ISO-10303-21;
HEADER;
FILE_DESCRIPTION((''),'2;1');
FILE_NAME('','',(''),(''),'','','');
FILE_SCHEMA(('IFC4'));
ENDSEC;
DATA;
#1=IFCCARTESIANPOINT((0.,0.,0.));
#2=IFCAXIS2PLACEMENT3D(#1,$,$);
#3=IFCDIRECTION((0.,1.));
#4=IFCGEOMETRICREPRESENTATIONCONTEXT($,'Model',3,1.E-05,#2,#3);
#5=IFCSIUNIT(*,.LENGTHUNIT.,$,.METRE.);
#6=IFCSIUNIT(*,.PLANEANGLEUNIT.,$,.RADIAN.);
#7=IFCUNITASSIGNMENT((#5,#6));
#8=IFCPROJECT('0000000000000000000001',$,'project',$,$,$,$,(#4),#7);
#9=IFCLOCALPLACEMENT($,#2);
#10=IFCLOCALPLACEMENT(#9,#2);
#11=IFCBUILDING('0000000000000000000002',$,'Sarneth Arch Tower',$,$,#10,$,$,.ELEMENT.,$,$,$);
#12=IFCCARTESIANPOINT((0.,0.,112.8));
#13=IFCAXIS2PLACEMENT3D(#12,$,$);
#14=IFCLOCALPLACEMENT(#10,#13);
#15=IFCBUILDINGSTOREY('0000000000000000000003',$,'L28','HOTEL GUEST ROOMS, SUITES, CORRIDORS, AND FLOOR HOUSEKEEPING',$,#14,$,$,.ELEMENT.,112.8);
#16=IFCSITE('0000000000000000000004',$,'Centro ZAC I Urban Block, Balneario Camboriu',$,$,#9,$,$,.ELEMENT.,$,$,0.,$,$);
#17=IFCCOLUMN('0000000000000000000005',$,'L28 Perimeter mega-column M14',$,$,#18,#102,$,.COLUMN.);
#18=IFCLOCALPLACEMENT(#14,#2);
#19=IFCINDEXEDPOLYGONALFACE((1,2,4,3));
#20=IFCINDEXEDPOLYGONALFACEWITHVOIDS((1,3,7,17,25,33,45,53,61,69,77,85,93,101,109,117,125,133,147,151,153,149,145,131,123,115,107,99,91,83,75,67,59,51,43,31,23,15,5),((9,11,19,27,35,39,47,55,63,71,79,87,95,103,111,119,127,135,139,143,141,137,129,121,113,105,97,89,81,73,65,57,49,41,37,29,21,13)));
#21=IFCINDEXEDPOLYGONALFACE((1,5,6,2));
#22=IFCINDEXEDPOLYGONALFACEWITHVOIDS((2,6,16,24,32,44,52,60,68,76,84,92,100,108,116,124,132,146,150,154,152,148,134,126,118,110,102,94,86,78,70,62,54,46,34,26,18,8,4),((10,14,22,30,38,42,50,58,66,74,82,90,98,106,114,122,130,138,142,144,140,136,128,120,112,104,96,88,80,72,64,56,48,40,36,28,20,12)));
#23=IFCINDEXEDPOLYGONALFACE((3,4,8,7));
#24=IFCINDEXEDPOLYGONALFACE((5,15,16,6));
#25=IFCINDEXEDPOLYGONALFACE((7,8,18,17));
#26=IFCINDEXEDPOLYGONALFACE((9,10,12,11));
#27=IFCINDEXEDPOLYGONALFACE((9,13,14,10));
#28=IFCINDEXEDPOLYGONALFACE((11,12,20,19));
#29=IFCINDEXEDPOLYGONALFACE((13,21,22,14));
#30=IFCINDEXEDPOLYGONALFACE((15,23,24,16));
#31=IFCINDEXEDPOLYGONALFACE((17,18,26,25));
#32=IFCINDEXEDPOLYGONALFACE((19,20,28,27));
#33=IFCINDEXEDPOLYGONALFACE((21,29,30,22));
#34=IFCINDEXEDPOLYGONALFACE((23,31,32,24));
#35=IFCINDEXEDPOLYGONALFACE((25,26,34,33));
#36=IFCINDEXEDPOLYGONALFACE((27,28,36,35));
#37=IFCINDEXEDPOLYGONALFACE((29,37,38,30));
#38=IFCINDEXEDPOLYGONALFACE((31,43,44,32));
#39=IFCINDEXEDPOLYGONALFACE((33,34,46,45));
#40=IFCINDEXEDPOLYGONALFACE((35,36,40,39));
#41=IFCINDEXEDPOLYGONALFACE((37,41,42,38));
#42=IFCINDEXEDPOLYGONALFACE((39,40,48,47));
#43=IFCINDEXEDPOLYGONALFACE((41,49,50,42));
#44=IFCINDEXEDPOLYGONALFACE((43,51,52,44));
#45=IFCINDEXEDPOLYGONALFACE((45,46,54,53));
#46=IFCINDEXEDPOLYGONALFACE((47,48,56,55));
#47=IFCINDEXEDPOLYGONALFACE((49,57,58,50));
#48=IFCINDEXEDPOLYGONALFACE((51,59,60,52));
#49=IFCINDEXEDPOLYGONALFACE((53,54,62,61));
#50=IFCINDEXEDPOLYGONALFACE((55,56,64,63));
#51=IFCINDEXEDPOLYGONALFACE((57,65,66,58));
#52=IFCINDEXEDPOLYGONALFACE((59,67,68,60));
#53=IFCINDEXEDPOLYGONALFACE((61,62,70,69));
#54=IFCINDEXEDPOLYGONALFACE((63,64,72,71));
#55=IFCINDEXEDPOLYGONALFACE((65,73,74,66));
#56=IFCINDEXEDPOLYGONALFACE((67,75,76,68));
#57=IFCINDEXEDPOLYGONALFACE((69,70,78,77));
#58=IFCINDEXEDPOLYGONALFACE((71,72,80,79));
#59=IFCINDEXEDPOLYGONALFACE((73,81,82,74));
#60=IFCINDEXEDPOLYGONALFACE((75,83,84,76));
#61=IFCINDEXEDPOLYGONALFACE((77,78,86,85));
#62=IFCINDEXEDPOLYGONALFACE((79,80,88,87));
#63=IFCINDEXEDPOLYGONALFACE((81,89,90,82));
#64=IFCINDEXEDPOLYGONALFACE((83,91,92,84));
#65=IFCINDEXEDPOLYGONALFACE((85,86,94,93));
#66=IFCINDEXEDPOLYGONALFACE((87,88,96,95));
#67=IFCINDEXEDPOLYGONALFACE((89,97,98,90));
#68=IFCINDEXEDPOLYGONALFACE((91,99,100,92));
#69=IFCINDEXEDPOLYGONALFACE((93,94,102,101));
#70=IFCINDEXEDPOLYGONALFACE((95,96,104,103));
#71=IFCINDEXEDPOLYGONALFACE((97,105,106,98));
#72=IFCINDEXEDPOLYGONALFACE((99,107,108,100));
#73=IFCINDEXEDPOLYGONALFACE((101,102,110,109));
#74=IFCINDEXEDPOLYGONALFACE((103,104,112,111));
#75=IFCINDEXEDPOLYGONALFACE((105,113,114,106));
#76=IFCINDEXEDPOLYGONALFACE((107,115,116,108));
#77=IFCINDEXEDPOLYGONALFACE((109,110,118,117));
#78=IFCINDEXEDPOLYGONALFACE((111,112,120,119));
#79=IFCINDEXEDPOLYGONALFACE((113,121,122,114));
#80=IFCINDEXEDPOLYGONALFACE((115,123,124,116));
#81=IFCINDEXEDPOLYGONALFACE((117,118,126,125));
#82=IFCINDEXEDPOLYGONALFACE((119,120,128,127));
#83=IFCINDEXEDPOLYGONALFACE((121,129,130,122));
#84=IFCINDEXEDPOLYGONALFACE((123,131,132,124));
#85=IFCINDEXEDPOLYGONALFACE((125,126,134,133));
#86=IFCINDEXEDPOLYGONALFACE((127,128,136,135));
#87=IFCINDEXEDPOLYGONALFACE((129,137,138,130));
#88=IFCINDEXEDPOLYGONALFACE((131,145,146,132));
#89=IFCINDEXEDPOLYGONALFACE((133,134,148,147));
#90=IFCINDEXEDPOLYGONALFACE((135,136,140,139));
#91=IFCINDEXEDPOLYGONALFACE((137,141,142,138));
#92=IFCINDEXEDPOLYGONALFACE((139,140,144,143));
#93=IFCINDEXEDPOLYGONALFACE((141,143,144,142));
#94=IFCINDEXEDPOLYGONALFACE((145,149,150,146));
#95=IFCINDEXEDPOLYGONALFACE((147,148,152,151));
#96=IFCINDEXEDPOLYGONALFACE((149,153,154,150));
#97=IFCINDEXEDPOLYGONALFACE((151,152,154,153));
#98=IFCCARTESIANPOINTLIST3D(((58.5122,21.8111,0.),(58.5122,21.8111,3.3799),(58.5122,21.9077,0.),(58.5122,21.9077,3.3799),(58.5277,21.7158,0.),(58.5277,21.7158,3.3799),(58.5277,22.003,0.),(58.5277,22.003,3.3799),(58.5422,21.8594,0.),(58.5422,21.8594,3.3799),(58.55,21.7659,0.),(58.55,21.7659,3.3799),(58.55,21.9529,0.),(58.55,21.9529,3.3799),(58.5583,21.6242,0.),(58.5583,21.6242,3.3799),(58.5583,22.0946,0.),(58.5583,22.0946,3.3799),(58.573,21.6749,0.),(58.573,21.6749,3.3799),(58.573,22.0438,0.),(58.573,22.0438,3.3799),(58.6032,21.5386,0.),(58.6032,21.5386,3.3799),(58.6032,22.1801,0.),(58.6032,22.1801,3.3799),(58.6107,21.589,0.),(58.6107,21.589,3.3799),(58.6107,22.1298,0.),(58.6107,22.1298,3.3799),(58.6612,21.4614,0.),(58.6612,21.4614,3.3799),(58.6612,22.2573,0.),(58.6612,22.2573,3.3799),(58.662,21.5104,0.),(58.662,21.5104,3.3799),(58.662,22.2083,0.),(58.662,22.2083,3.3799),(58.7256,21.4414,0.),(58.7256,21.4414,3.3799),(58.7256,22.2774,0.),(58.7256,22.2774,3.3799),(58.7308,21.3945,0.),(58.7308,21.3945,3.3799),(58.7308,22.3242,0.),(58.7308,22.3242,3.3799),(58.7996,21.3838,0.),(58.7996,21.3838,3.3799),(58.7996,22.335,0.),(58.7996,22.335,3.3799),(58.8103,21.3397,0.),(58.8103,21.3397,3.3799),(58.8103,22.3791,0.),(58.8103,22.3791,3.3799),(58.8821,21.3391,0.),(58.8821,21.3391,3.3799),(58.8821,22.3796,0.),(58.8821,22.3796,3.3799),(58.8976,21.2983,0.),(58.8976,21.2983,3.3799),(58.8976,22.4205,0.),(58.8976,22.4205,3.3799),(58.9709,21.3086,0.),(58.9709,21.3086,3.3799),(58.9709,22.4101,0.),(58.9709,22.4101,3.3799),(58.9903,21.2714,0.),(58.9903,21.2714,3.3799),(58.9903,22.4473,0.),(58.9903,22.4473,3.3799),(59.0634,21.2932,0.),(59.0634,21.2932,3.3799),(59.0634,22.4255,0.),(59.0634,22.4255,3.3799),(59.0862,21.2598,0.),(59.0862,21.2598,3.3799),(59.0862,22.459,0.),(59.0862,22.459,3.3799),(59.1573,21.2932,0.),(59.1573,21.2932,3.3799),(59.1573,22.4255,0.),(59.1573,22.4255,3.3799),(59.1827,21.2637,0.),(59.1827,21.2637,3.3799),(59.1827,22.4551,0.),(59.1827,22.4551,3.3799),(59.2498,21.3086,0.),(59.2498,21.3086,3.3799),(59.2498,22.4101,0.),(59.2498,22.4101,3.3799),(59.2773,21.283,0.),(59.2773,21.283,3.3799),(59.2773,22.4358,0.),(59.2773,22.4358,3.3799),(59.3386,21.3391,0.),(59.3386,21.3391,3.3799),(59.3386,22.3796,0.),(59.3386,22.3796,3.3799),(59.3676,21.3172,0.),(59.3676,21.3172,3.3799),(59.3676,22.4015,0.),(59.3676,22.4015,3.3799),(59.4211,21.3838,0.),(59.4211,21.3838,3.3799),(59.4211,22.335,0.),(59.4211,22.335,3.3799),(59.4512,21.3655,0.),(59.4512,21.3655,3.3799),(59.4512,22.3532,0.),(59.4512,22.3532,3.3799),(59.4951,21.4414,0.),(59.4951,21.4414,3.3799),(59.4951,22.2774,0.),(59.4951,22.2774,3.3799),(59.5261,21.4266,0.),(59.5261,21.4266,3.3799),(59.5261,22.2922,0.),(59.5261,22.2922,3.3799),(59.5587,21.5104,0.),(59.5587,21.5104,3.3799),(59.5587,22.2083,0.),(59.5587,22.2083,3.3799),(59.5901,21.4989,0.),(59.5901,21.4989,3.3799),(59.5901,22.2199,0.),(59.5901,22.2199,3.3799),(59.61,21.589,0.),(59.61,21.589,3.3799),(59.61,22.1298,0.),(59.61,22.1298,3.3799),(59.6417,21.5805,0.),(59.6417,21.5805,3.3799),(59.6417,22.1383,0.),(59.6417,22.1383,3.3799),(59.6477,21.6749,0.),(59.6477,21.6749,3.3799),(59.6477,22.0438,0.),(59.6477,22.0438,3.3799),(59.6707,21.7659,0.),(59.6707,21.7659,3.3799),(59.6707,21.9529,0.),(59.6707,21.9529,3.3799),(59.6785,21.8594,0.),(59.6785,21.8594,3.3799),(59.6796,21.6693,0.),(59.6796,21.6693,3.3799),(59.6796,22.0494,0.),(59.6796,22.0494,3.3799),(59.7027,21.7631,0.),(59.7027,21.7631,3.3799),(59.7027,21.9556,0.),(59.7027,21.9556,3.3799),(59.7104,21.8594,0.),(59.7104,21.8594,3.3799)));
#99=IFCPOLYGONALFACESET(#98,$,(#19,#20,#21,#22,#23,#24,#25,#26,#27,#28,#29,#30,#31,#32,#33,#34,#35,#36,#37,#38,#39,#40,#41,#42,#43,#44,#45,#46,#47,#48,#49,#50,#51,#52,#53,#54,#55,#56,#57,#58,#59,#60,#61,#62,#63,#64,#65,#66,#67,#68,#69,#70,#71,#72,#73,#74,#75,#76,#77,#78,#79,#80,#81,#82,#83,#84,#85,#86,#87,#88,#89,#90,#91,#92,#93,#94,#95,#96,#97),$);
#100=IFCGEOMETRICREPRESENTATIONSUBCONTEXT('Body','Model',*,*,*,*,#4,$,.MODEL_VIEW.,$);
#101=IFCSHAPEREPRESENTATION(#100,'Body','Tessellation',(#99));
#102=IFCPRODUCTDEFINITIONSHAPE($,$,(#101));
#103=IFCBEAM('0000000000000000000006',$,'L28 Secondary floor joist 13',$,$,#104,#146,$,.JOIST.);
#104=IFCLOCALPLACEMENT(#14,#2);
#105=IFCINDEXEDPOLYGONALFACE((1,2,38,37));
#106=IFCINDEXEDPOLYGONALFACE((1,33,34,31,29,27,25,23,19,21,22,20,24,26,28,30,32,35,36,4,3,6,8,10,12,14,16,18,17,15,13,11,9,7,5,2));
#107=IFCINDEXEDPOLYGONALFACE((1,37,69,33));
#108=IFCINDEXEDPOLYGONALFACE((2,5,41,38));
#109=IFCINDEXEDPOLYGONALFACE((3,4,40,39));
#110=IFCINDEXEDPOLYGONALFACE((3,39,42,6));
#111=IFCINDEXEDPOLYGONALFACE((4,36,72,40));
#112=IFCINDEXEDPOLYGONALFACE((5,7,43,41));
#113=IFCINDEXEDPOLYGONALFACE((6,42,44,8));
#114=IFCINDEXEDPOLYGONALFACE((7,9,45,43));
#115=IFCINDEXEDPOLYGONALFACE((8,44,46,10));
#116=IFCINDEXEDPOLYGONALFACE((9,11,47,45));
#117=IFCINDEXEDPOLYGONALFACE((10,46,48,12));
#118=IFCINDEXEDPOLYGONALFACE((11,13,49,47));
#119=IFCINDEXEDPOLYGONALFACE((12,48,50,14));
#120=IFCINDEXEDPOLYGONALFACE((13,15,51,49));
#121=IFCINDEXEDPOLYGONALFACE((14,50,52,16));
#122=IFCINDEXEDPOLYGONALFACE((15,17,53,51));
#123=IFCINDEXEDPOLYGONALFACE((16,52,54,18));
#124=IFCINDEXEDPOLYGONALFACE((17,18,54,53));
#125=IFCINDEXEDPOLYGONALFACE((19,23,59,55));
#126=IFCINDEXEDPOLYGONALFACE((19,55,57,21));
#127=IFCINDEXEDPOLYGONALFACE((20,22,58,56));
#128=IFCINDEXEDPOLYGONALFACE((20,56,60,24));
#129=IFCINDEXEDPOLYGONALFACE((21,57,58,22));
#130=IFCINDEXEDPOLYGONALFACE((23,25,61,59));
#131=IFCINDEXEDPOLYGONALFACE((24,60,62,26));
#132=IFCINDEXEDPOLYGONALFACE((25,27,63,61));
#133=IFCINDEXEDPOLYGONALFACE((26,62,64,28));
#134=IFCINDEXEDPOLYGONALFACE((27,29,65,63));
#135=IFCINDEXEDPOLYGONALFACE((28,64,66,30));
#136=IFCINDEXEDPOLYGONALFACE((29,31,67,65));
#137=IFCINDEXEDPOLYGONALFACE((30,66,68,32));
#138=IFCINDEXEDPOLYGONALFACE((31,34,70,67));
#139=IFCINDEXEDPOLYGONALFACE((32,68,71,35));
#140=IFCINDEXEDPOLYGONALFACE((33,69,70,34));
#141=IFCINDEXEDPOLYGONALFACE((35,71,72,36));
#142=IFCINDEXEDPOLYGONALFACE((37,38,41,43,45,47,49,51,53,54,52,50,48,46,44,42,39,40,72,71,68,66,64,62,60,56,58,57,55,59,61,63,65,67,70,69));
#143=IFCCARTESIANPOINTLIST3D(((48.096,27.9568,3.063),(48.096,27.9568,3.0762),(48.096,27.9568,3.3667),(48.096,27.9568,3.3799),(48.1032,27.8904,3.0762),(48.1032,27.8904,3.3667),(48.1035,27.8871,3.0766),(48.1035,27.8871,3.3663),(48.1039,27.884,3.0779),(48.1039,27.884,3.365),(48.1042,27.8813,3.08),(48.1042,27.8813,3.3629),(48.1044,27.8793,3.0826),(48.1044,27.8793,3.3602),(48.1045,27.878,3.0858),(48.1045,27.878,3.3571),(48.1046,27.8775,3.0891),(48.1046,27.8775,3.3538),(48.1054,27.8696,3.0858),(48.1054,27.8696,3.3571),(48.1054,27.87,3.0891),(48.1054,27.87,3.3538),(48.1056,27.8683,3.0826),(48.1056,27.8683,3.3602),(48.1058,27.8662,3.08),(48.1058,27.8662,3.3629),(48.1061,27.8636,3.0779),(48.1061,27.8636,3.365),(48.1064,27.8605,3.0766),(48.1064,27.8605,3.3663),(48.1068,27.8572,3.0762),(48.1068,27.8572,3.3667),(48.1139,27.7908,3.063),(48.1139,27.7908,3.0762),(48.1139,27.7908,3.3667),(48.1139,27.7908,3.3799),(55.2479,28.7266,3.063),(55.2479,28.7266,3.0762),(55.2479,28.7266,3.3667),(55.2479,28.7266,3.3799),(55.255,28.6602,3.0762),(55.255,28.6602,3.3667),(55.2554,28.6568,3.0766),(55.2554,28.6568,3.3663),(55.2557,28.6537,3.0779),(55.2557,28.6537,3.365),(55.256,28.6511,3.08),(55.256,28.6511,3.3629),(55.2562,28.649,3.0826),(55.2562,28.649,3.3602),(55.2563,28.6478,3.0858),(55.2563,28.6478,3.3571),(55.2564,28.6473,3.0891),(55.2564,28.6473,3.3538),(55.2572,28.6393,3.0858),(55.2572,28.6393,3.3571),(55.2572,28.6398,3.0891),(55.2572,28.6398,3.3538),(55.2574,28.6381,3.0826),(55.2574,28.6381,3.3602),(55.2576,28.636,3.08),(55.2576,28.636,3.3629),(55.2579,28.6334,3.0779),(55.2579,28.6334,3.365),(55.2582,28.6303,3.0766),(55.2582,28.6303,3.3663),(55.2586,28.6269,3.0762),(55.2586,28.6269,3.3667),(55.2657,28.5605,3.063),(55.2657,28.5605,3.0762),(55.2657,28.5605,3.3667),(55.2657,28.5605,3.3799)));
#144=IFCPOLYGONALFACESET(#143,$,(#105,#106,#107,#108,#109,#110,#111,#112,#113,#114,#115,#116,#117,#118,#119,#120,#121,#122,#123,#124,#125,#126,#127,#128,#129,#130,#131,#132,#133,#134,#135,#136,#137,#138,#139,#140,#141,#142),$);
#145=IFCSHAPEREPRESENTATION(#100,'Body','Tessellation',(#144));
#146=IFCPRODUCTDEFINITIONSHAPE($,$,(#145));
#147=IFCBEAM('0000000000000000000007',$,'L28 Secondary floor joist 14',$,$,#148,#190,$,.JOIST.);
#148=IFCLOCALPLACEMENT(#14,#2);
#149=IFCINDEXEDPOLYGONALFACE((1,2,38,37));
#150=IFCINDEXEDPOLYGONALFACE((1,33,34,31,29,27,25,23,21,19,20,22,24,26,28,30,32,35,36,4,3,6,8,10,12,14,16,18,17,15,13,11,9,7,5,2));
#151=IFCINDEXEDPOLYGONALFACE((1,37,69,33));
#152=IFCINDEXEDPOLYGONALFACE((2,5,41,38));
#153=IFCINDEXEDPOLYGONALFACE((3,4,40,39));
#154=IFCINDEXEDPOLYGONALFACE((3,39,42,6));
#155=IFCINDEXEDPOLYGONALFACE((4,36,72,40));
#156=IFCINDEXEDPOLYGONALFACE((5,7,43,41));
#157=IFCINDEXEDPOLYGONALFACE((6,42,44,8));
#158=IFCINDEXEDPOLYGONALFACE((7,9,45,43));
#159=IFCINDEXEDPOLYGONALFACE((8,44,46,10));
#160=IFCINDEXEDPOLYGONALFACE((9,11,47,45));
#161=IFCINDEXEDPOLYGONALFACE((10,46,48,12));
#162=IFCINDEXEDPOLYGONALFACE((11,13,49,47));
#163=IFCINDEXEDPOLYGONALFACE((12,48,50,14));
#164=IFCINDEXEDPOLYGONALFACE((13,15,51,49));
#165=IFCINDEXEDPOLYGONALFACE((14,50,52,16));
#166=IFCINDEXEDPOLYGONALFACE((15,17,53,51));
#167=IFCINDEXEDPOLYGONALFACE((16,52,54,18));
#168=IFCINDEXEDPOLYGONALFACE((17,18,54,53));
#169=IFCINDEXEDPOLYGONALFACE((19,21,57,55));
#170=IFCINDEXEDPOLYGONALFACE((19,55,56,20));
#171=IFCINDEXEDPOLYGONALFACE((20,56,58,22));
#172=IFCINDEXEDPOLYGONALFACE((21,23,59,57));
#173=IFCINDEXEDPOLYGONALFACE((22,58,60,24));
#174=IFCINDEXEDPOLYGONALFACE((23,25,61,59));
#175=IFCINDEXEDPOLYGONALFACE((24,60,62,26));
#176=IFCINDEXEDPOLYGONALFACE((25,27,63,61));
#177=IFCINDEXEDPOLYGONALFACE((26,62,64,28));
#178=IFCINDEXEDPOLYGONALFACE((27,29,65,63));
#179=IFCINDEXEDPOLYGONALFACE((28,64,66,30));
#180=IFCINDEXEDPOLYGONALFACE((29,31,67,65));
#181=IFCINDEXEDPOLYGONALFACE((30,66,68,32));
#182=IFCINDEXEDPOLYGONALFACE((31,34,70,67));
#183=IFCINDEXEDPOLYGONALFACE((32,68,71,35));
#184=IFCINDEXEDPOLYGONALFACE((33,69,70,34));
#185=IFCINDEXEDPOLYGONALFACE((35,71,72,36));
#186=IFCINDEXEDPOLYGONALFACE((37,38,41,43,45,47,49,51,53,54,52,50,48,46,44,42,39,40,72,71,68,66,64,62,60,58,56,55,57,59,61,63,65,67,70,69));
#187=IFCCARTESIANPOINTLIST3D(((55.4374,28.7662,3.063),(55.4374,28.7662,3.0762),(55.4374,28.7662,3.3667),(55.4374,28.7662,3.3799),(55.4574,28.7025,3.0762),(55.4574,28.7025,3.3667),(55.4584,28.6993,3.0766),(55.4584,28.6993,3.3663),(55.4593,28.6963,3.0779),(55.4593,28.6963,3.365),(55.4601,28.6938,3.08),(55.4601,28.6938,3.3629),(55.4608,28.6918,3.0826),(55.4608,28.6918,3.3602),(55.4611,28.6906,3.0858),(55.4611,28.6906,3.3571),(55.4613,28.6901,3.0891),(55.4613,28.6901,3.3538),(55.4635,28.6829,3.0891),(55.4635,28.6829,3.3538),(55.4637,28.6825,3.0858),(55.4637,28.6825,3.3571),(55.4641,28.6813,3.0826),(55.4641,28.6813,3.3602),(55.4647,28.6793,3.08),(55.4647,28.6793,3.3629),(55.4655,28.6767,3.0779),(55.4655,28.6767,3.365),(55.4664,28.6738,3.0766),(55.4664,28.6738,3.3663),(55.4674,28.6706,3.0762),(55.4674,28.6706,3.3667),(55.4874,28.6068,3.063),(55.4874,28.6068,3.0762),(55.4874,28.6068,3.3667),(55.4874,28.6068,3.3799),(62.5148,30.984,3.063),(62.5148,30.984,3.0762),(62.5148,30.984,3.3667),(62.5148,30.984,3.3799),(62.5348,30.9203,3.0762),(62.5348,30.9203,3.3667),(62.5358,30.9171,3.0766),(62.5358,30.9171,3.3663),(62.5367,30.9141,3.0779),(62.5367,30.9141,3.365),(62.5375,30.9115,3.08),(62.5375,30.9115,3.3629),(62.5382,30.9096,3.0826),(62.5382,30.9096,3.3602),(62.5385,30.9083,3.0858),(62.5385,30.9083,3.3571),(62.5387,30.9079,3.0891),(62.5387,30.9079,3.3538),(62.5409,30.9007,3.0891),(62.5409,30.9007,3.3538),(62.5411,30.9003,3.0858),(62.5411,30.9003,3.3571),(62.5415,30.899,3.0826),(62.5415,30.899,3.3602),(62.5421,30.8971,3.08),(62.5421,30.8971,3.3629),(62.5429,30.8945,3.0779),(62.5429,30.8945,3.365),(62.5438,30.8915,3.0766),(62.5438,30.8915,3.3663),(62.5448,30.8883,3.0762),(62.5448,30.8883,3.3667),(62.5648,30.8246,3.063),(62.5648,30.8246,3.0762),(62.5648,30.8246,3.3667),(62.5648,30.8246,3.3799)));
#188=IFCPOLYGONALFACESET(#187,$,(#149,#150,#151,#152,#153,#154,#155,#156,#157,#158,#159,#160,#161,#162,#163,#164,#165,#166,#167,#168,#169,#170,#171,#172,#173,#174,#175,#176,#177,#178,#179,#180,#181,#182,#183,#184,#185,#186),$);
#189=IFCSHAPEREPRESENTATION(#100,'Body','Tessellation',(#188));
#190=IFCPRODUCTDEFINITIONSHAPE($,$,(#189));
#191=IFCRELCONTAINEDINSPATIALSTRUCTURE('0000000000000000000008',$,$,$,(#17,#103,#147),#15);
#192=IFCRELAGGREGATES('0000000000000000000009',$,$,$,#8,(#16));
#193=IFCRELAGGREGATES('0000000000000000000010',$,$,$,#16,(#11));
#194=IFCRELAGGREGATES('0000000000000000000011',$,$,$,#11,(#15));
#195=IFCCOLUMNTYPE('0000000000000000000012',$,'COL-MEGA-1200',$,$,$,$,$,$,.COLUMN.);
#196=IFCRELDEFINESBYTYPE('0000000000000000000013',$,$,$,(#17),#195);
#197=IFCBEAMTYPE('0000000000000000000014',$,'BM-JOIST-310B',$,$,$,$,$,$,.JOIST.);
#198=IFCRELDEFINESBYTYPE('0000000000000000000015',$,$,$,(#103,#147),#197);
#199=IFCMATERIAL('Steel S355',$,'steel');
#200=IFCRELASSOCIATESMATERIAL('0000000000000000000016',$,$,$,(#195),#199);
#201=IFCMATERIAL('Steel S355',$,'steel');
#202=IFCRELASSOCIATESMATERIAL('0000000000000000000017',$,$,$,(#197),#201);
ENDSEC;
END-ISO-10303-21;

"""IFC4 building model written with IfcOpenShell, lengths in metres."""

from ifc_helpers import new_model, si_unit, direction, frame, origin, origin_2d, place, context, subcontext, project, spatial, hollow_circle, i_section, extrude, material, material_profile, profile_set, type_object, element, save


model = new_model("IFC4")

# Units and contexts
model_context = context("Model", 3, precision=1e-05, world=origin(), true_north=direction((0.0, 1.0)))
body_context = subcontext(model_context, "Body", "Model", "MODEL_VIEW")
ifc_project = project(units=[si_unit("LENGTHUNIT", "METRE"), si_unit("PLANEANGLEUNIT", "RADIAN")], contexts=[model_context])

# Site, building, storey
site_placement = place(None, origin())
site = spatial("IfcSite", under=ifc_project, at=site_placement, Name="Centro ZAC I Urban Block, Balneario Camboriu", CompositionType="ELEMENT", RefElevation=0.0)
building_placement = place(site_placement, origin())
building = spatial("IfcBuilding", under=site, at=building_placement, Name="Sarneth Arch Tower", CompositionType="ELEMENT")
storey_placement = place(building_placement, frame((0.0, 0.0, 112.8)))
storey = spatial("IfcBuildingStorey", under=building, at=storey_placement, Name="L28", Description="HOTEL GUEST ROOMS, SUITES, CORRIDORS, AND FLOOR HOUSEKEEPING", CompositionType="ELEMENT", Elevation=112.8)

# Column
ifc_material_1 = material(Name="Steel S355", Category="steel")
ifc_material_profile_1 = material_profile(ifc_material_1, hollow_circle(Radius=0.6001, WallThickness=0.032, at=origin_2d()), Name="CHS1200x32")
ifc_profile_set_1 = profile_set([ifc_material_profile_1], Name="Steel S355")
column_type = type_object("IfcColumnType", Name="COL-MEGA-1200", PredefinedType="COLUMN", material=ifc_profile_set_1)
column_placement = place(storey_placement, frame((59.1104, 21.8594, 0.0), z_axis=(0.0, 0.0, 1.0), x_axis=(1.0, 0.0, 0.0)))
element("IfcColumn", 1, at=column_placement, inside=storey, type_object=column_type, Name="L28 Perimeter mega-column M14", PredefinedType="COLUMN", context=body_context, shape_type="SweptSolid", body=[
    extrude(hollow_circle(Radius=0.6001, WallThickness=0.032, at=origin_2d()), origin(), (0.0, 0.0, 1.0), 3.3799),
])

# Beams
ifc_material_2 = material(Name="Steel S355", Category="steel")
ifc_material_profile_2 = material_profile(ifc_material_2, i_section(OverallWidth=0.167, OverallDepth=0.3169, WebThickness=0.0076, FlangeThickness=0.0132, FilletRadius=0.0129, at=origin_2d()), Name="W310x52")
ifc_profile_set_2 = profile_set([ifc_material_profile_2], Name="Steel S355")
beam_type_1 = type_object("IfcBeamType", Name="BM-JOIST-310B", PredefinedType="JOIST", material=ifc_profile_set_2)
beam_1_placement = place(storey_placement, frame((48.105, 27.8738, 3.2214), z_axis=(0.994257, 0.107015, 0.0), x_axis=(-0.107015, 0.994257, 0.0)))
element("IfcBeam", 2, at=beam_1_placement, inside=storey, type_object=beam_type_1, Name="L28 Secondary floor joist 13", PredefinedType="JOIST", context=body_context, shape_type="SweptSolid", body=[
    extrude(i_section(OverallWidth=0.167, OverallDepth=0.3169, WebThickness=0.0076, FlangeThickness=0.0132, FilletRadius=0.0129, at=origin_2d()), origin(), (0.0, 0.0, 1.0), 7.1931),
])
beam_2_placement = place(storey_placement, frame((55.4624, 28.6865, 3.2214), z_axis=(0.954246, 0.299023, 0.0), x_axis=(-0.299023, 0.954246, 0.0)))
element("IfcBeam", 3, at=beam_2_placement, inside=storey, type_object=beam_type_1, Name="L28 Secondary floor joist 14", PredefinedType="JOIST", context=body_context, shape_type="SweptSolid", body=[
    extrude(i_section(OverallWidth=0.167, OverallDepth=0.3169, WebThickness=0.0076, FlangeThickness=0.0132, FilletRadius=0.0129, at=origin_2d()), origin(), (0.0, 0.0, 1.0), 7.4167),
])

save(model, "model.ifc")
